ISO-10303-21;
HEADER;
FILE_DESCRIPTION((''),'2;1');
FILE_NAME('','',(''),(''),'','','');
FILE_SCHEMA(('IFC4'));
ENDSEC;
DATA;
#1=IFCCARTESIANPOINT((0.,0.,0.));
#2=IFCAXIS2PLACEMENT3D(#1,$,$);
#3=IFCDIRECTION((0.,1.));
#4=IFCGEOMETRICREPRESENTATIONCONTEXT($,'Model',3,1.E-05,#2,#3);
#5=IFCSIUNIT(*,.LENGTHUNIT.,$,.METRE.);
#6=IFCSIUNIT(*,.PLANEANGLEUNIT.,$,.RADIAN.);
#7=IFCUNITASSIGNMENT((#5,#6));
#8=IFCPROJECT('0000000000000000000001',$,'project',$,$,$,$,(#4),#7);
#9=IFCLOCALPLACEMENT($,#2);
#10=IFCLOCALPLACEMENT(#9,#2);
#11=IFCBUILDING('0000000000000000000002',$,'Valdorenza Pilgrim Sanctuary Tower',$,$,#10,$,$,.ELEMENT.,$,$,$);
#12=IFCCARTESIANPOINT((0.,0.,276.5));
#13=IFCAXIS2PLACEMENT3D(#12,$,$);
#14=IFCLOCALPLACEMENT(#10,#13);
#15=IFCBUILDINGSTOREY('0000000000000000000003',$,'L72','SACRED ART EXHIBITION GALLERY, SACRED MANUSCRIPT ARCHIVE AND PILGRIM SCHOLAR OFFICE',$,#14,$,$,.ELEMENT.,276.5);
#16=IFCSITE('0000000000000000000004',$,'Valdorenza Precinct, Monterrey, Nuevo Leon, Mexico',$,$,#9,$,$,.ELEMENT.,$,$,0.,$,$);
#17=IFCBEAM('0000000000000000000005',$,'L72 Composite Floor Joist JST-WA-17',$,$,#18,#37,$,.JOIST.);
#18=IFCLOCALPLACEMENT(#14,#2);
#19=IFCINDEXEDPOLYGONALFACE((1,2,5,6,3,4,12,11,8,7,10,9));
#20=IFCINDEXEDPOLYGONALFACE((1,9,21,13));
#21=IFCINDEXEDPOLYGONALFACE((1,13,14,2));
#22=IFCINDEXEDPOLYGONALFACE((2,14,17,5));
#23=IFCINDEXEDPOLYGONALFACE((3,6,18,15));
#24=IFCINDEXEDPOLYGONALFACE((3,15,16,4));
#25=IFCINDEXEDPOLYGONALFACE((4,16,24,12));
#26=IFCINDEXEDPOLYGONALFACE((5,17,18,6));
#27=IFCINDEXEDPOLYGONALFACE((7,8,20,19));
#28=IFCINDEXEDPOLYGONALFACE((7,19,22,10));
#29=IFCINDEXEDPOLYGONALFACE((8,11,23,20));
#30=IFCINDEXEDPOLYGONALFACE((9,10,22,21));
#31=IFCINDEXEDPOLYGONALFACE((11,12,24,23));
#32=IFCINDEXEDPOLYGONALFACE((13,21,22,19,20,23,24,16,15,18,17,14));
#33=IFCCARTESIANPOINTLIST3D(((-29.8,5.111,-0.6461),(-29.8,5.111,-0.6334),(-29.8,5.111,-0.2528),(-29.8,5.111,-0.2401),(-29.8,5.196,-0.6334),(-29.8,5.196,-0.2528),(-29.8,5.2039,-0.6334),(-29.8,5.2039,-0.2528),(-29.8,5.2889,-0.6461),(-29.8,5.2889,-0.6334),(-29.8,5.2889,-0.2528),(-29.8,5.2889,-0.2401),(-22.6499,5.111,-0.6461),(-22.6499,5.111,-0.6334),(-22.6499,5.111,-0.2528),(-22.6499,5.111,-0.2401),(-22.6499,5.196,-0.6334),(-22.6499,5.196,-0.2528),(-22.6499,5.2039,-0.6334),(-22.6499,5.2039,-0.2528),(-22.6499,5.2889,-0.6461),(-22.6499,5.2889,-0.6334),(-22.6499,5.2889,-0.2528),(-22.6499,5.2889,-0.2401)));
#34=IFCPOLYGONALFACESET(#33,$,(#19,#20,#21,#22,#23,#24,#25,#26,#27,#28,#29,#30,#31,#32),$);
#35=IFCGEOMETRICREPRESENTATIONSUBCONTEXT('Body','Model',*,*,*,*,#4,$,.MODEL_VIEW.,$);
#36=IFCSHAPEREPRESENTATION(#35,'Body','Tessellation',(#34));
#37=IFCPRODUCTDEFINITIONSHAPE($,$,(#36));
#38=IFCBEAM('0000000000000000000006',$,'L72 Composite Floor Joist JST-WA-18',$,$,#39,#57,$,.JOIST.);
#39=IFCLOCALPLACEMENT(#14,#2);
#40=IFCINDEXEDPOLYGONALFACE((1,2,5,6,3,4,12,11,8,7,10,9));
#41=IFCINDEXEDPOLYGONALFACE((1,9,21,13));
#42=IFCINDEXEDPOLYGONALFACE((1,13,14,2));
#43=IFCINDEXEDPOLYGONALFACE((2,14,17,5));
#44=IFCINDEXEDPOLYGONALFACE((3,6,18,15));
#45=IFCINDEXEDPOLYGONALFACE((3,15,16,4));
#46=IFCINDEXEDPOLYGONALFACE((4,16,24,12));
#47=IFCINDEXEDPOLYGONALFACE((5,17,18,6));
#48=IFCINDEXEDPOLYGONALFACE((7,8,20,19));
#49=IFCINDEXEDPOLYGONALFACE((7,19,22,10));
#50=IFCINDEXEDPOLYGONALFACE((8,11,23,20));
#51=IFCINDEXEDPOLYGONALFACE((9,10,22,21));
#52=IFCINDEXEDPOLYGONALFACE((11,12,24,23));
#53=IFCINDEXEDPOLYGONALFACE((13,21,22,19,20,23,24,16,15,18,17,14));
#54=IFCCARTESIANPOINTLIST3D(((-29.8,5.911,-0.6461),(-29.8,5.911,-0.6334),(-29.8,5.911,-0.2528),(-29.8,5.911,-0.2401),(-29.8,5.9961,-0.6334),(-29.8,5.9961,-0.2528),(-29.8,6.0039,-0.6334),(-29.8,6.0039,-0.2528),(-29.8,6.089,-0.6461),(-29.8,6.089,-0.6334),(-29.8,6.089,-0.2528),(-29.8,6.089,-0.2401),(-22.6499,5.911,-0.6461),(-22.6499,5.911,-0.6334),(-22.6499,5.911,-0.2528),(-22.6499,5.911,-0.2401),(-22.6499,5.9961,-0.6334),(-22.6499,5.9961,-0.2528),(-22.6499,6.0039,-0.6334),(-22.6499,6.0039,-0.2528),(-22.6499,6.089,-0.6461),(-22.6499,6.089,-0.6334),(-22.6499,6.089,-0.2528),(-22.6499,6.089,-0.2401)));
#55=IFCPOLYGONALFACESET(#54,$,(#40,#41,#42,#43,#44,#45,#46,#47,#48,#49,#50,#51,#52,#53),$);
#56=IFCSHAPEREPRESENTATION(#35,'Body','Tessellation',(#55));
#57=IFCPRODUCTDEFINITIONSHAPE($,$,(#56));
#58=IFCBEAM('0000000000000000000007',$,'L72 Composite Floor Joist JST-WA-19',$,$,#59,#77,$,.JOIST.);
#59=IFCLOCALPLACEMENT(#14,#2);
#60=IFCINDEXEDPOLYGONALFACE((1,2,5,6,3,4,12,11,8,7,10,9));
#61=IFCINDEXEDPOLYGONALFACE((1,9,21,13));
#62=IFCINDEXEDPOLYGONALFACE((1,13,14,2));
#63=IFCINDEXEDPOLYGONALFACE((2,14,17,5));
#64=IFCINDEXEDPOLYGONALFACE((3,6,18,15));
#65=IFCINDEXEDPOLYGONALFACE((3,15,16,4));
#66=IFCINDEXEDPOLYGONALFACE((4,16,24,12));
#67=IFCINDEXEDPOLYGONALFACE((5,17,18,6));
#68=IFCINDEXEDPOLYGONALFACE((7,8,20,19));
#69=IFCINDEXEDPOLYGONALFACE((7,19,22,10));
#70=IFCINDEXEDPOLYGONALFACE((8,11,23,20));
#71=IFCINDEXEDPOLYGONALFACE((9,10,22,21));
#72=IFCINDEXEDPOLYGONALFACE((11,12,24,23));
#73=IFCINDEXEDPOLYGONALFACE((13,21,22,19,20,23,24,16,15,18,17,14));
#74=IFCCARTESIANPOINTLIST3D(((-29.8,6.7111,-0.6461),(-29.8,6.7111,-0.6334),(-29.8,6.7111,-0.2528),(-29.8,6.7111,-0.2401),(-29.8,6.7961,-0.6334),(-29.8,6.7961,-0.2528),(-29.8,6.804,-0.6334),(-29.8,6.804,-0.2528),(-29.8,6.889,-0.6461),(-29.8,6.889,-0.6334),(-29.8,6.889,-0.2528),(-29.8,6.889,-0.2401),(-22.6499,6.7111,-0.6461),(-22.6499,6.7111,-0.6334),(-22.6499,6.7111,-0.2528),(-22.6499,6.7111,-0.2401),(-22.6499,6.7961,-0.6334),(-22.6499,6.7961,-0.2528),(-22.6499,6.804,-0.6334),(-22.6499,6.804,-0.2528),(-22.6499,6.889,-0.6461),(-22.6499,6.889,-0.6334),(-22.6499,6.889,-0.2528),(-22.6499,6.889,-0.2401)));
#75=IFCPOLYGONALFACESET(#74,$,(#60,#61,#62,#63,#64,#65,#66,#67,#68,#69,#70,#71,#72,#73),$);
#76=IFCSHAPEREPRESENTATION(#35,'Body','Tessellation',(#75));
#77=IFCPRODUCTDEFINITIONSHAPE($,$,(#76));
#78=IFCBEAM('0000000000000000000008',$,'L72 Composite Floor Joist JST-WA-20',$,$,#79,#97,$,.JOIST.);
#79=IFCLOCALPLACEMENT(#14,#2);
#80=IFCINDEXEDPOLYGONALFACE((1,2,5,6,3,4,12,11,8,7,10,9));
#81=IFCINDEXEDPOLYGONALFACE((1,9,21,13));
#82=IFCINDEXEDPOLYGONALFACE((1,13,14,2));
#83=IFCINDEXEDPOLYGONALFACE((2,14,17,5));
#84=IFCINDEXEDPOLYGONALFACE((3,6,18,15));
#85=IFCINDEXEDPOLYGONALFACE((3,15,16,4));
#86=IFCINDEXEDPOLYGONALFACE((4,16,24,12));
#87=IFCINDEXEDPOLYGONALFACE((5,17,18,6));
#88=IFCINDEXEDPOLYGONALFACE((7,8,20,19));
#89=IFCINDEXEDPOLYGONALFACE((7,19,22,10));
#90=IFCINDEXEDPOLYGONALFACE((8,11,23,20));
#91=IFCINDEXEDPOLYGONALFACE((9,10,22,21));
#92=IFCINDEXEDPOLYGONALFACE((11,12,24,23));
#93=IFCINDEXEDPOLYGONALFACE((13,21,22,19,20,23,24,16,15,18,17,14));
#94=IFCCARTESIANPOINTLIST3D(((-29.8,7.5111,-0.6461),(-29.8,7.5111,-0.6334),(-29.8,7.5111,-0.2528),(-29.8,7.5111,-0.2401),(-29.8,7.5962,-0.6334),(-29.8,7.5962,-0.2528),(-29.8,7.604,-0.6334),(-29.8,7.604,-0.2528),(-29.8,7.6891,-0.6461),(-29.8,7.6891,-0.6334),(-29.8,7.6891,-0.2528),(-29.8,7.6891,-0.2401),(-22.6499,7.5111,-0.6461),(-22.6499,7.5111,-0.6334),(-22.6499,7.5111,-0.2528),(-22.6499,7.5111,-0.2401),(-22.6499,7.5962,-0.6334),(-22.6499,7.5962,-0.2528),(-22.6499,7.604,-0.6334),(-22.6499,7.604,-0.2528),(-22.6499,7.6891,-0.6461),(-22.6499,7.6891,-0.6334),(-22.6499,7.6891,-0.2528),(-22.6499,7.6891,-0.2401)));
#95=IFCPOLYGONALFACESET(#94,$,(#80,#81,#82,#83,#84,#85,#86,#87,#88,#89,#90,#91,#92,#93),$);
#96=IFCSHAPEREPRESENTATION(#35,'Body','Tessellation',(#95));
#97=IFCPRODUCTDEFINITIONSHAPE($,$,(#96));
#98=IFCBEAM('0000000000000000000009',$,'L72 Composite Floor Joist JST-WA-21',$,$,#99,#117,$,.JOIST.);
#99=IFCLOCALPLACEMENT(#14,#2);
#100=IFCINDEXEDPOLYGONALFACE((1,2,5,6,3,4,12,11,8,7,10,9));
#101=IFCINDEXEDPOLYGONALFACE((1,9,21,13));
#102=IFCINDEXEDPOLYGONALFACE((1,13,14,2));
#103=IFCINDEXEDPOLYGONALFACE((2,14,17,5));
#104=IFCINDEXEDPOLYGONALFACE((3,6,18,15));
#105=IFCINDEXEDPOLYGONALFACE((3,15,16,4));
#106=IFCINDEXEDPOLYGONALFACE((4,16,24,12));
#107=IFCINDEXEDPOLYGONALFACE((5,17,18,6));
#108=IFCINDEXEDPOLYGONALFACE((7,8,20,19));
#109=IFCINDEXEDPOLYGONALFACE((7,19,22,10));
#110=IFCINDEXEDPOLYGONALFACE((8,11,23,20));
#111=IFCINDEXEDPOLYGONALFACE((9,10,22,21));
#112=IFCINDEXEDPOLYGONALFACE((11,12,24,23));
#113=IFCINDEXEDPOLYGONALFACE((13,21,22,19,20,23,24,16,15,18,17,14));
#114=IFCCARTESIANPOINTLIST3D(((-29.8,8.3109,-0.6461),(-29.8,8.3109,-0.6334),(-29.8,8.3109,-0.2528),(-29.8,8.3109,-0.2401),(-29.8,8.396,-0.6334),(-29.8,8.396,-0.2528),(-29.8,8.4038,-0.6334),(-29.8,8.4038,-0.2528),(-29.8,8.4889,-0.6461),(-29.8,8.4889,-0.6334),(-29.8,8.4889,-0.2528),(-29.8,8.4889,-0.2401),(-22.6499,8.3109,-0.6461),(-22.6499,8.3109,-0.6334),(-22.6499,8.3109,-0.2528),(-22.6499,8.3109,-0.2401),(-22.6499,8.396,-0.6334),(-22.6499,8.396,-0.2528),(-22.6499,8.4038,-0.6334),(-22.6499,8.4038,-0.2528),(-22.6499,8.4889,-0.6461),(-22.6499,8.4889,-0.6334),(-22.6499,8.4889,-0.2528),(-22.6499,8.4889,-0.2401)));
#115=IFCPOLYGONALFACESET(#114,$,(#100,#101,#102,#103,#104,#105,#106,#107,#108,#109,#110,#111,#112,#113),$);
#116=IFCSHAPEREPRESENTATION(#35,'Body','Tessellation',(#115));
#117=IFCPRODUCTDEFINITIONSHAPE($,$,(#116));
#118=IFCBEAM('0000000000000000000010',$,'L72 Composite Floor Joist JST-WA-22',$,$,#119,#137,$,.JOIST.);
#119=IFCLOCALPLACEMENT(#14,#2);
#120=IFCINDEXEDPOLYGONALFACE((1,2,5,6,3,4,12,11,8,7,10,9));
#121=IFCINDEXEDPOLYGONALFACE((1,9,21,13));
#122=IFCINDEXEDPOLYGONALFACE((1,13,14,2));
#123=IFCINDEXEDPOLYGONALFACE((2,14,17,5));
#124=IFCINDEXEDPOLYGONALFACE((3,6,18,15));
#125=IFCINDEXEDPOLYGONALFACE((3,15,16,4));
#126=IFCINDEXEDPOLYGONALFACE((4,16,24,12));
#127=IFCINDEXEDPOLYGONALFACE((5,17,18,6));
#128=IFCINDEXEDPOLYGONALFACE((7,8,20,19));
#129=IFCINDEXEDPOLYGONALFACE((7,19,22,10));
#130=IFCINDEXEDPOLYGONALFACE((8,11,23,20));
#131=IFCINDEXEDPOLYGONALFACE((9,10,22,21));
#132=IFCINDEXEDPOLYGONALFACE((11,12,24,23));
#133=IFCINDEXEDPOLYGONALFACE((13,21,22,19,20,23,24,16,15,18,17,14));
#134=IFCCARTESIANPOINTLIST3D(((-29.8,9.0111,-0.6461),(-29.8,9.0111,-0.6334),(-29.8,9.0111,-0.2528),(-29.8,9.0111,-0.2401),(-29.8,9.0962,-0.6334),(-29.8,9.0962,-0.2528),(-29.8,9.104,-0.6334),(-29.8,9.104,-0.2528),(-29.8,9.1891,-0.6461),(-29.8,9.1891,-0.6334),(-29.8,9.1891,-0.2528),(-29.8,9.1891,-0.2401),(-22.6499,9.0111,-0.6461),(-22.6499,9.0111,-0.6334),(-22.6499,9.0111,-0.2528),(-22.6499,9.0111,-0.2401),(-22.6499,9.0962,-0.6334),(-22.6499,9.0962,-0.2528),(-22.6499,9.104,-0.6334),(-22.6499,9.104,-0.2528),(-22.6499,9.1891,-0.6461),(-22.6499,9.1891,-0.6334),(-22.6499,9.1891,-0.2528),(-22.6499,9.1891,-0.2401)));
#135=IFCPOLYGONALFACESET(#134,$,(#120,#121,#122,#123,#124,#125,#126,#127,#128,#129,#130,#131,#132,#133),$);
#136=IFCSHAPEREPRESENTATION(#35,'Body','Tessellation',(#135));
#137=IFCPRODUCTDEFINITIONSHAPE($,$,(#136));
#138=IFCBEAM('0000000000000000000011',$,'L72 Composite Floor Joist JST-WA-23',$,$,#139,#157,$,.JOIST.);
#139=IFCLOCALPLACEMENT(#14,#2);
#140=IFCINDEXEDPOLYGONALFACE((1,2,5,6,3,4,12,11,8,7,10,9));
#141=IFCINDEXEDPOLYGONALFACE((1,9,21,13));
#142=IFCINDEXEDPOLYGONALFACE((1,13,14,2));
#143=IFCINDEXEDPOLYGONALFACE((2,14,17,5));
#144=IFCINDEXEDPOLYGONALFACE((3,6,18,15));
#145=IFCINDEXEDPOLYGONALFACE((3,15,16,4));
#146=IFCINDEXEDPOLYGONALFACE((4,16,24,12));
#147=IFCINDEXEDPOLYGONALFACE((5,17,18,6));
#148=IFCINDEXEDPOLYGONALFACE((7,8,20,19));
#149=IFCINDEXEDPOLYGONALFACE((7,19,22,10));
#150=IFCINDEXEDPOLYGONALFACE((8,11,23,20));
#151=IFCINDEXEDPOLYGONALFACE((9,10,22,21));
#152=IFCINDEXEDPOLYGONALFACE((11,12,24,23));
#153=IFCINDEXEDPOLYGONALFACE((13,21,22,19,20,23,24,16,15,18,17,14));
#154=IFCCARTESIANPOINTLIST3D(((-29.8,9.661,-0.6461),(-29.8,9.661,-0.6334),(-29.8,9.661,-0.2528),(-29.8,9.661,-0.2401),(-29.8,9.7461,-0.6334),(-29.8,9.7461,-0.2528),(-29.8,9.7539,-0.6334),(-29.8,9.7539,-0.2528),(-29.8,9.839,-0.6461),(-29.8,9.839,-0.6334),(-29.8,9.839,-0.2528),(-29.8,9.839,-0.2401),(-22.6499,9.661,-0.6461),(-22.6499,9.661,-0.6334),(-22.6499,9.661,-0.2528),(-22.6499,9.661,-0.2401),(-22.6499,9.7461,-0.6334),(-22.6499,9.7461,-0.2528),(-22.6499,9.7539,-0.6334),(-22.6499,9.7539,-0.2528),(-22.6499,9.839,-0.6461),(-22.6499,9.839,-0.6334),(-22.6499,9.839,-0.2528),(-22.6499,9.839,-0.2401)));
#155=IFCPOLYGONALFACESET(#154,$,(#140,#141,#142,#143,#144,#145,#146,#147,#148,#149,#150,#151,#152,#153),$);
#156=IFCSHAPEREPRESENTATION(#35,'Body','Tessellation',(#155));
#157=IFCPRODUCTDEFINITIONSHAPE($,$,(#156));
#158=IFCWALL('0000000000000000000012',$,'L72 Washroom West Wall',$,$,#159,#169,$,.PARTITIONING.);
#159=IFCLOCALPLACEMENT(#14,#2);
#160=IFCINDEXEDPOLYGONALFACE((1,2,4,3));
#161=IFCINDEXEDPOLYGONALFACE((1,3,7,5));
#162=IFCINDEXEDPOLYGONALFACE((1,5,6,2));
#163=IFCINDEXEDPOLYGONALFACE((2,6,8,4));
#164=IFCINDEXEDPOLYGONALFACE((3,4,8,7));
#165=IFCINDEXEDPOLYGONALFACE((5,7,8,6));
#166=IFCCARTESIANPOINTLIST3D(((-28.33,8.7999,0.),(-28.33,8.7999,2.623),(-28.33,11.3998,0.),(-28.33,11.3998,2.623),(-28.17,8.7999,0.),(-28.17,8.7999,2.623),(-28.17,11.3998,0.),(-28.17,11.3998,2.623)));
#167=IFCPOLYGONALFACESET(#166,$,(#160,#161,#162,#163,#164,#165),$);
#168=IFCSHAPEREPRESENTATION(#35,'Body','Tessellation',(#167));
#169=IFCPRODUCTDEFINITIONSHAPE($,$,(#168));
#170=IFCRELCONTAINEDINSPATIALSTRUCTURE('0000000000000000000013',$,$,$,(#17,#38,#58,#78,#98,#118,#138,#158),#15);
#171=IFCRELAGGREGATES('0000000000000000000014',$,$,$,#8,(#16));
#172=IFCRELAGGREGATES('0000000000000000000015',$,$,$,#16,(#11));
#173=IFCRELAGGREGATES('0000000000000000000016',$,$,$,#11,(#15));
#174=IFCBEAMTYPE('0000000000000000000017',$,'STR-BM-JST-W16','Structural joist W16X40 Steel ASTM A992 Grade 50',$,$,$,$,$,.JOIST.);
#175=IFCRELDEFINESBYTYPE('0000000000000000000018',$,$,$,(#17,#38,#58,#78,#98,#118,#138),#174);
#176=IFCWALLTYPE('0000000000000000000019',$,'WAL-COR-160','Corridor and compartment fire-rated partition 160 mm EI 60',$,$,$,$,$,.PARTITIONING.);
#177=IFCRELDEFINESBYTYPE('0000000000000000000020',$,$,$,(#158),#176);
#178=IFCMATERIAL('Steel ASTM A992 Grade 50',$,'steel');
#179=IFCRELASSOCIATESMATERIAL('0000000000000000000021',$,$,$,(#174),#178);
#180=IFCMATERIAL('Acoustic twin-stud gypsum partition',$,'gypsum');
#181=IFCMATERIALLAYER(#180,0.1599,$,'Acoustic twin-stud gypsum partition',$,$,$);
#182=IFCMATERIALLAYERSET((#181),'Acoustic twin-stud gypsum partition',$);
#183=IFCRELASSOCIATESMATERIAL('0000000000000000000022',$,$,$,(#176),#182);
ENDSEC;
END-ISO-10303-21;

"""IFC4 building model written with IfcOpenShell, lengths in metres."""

from ifc_helpers import new_model, si_unit, direction, frame, frame_2d, origin, origin_2d, place, context, subcontext, project, spatial, rectangle, i_section, extrude, source, transform, mapped, material, layer, layer_set, material_profile, profile_set, type_object, element, save


model = new_model("IFC4")

# Units and contexts
model_context = context("Model", 3, precision=1e-05, world=origin(), true_north=direction((0.0, 1.0)))
body_context = subcontext(model_context, "Body", "Model", "MODEL_VIEW")
ifc_project = project(units=[si_unit("LENGTHUNIT", "METRE"), si_unit("PLANEANGLEUNIT", "RADIAN")], contexts=[model_context])

# Site, building, storey
site_placement = place(None, origin())
site = spatial("IfcSite", under=ifc_project, at=site_placement, Name="Valdorenza Precinct, Monterrey, Nuevo Leon, Mexico", CompositionType="ELEMENT", RefElevation=0.0)
building_placement = place(site_placement, origin())
building = spatial("IfcBuilding", under=site, at=building_placement, Name="Valdorenza Pilgrim Sanctuary Tower", CompositionType="ELEMENT")
storey_placement = place(building_placement, frame((0.0, 0.0, 276.5)))
storey = spatial("IfcBuildingStorey", under=building, at=storey_placement, Name="L72", Description="SACRED ART EXHIBITION GALLERY, SACRED MANUSCRIPT ARCHIVE AND PILGRIM SCHOLAR OFFICE", CompositionType="ELEMENT", Elevation=276.5)

# Beams
ifc_material_1 = material(Name="Steel ASTM A992 Grade 50", Category="steel")
ifc_material_profile = material_profile(ifc_material_1, i_section(OverallWidth=0.178, OverallDepth=0.406, WebThickness=0.0078, FlangeThickness=0.0127, at=origin_2d()), Name="W16X40")
ifc_profile_set = profile_set([ifc_material_profile], Name="Steel ASTM A992 Grade 50")
beam_type = type_object("IfcBeamType", Name="STR-BM-JST-W16", Description="Structural joist W16X40 Steel ASTM A992 Grade 50", PredefinedType="JOIST", material=ifc_profile_set)
shared_shape = source(origin(), body_context, "Body", "SweptSolid", [
    extrude(i_section(OverallWidth=0.178, OverallDepth=0.406, WebThickness=0.0078, FlangeThickness=0.0127, at=origin_2d()), origin(), (0.0, 0.0, 1.0), 7.1501),
])
for number, where, z_axis, x_axis, name in (
    (1, (-29.8, 5.2, -0.4431), (1.0, 0.0, 0.0), (0.0, 1.0, 0.0), "L72 Composite Floor Joist JST-WA-17"),
    (2, (-29.8, 6.0, -0.4431), (1.0, 0.0, 0.0), (0.0, 1.0, 0.0), "L72 Composite Floor Joist JST-WA-18"),
    (3, (-29.8, 6.8, -0.4431), (1.0, 0.0, 0.0), (0.0, 1.0, 0.0), "L72 Composite Floor Joist JST-WA-19"),
    (4, (-29.8, 7.6001, -0.4431), (1.0, 0.0, 0.0), (0.0, 1.0, 0.0), "L72 Composite Floor Joist JST-WA-20"),
    (5, (-29.8, 8.3999, -0.4431), (1.0, 0.0, 0.0), (0.0, 1.0, 0.0), "L72 Composite Floor Joist JST-WA-21"),
    (6, (-29.8, 9.1001, -0.4431), (1.0, 0.0, 0.0), (0.0, 1.0, 0.0), "L72 Composite Floor Joist JST-WA-22"),
    (7, (-29.8, 9.75, -0.4431), (1.0, 0.0, 0.0), (0.0, 1.0, 0.0), "L72 Composite Floor Joist JST-WA-23"),
):
    element("IfcBeam", number, at=place(storey_placement, frame(where, z_axis=z_axis, x_axis=x_axis)), inside=storey, type_object=beam_type, Name=name, PredefinedType="JOIST", context=body_context, shape_type="MappedRepresentation", body=[
        mapped(shared_shape, transform((0.0, 0.0, 0.0), x_axis=(1.0, 0.0, 0.0), y_axis=(0.0, 1.0, 0.0), z_axis=(0.0, 0.0, 1.0), scale=1.0)),
    ])

# Wall
ifc_material_2 = material(Name="Acoustic twin-stud gypsum partition", Category="gypsum")
ifc_layer_1 = layer(ifc_material_2, 0.1599, Name="Acoustic twin-stud gypsum partition")
ifc_layer_set_1 = layer_set([ifc_layer_1], Name="Acoustic twin-stud gypsum partition")
wall_type_1 = type_object("IfcWallType", Name="WAL-COR-160", Description="Corridor and compartment fire-rated partition 160 mm EI 60", PredefinedType="PARTITIONING", material=ifc_layer_set_1)
wall_1_placement = place(storey_placement, frame((-28.25, 8.8, 0.0), z_axis=(0.0, 0.0, 1.0), x_axis=(0.0, 1.0, 0.0)))
element("IfcWall", 8, at=wall_1_placement, inside=storey, type_object=wall_type_1, Name="L72 Washroom West Wall", PredefinedType="PARTITIONING", context=body_context, shape_type="SweptSolid", body=[
    extrude(rectangle(XDim=2.5999, YDim=0.1599, at=frame_2d((1.2998, 0.0))), origin(), (0.0, 0.0, 1.0), 2.623),
])

save(model, "model.ifc")
